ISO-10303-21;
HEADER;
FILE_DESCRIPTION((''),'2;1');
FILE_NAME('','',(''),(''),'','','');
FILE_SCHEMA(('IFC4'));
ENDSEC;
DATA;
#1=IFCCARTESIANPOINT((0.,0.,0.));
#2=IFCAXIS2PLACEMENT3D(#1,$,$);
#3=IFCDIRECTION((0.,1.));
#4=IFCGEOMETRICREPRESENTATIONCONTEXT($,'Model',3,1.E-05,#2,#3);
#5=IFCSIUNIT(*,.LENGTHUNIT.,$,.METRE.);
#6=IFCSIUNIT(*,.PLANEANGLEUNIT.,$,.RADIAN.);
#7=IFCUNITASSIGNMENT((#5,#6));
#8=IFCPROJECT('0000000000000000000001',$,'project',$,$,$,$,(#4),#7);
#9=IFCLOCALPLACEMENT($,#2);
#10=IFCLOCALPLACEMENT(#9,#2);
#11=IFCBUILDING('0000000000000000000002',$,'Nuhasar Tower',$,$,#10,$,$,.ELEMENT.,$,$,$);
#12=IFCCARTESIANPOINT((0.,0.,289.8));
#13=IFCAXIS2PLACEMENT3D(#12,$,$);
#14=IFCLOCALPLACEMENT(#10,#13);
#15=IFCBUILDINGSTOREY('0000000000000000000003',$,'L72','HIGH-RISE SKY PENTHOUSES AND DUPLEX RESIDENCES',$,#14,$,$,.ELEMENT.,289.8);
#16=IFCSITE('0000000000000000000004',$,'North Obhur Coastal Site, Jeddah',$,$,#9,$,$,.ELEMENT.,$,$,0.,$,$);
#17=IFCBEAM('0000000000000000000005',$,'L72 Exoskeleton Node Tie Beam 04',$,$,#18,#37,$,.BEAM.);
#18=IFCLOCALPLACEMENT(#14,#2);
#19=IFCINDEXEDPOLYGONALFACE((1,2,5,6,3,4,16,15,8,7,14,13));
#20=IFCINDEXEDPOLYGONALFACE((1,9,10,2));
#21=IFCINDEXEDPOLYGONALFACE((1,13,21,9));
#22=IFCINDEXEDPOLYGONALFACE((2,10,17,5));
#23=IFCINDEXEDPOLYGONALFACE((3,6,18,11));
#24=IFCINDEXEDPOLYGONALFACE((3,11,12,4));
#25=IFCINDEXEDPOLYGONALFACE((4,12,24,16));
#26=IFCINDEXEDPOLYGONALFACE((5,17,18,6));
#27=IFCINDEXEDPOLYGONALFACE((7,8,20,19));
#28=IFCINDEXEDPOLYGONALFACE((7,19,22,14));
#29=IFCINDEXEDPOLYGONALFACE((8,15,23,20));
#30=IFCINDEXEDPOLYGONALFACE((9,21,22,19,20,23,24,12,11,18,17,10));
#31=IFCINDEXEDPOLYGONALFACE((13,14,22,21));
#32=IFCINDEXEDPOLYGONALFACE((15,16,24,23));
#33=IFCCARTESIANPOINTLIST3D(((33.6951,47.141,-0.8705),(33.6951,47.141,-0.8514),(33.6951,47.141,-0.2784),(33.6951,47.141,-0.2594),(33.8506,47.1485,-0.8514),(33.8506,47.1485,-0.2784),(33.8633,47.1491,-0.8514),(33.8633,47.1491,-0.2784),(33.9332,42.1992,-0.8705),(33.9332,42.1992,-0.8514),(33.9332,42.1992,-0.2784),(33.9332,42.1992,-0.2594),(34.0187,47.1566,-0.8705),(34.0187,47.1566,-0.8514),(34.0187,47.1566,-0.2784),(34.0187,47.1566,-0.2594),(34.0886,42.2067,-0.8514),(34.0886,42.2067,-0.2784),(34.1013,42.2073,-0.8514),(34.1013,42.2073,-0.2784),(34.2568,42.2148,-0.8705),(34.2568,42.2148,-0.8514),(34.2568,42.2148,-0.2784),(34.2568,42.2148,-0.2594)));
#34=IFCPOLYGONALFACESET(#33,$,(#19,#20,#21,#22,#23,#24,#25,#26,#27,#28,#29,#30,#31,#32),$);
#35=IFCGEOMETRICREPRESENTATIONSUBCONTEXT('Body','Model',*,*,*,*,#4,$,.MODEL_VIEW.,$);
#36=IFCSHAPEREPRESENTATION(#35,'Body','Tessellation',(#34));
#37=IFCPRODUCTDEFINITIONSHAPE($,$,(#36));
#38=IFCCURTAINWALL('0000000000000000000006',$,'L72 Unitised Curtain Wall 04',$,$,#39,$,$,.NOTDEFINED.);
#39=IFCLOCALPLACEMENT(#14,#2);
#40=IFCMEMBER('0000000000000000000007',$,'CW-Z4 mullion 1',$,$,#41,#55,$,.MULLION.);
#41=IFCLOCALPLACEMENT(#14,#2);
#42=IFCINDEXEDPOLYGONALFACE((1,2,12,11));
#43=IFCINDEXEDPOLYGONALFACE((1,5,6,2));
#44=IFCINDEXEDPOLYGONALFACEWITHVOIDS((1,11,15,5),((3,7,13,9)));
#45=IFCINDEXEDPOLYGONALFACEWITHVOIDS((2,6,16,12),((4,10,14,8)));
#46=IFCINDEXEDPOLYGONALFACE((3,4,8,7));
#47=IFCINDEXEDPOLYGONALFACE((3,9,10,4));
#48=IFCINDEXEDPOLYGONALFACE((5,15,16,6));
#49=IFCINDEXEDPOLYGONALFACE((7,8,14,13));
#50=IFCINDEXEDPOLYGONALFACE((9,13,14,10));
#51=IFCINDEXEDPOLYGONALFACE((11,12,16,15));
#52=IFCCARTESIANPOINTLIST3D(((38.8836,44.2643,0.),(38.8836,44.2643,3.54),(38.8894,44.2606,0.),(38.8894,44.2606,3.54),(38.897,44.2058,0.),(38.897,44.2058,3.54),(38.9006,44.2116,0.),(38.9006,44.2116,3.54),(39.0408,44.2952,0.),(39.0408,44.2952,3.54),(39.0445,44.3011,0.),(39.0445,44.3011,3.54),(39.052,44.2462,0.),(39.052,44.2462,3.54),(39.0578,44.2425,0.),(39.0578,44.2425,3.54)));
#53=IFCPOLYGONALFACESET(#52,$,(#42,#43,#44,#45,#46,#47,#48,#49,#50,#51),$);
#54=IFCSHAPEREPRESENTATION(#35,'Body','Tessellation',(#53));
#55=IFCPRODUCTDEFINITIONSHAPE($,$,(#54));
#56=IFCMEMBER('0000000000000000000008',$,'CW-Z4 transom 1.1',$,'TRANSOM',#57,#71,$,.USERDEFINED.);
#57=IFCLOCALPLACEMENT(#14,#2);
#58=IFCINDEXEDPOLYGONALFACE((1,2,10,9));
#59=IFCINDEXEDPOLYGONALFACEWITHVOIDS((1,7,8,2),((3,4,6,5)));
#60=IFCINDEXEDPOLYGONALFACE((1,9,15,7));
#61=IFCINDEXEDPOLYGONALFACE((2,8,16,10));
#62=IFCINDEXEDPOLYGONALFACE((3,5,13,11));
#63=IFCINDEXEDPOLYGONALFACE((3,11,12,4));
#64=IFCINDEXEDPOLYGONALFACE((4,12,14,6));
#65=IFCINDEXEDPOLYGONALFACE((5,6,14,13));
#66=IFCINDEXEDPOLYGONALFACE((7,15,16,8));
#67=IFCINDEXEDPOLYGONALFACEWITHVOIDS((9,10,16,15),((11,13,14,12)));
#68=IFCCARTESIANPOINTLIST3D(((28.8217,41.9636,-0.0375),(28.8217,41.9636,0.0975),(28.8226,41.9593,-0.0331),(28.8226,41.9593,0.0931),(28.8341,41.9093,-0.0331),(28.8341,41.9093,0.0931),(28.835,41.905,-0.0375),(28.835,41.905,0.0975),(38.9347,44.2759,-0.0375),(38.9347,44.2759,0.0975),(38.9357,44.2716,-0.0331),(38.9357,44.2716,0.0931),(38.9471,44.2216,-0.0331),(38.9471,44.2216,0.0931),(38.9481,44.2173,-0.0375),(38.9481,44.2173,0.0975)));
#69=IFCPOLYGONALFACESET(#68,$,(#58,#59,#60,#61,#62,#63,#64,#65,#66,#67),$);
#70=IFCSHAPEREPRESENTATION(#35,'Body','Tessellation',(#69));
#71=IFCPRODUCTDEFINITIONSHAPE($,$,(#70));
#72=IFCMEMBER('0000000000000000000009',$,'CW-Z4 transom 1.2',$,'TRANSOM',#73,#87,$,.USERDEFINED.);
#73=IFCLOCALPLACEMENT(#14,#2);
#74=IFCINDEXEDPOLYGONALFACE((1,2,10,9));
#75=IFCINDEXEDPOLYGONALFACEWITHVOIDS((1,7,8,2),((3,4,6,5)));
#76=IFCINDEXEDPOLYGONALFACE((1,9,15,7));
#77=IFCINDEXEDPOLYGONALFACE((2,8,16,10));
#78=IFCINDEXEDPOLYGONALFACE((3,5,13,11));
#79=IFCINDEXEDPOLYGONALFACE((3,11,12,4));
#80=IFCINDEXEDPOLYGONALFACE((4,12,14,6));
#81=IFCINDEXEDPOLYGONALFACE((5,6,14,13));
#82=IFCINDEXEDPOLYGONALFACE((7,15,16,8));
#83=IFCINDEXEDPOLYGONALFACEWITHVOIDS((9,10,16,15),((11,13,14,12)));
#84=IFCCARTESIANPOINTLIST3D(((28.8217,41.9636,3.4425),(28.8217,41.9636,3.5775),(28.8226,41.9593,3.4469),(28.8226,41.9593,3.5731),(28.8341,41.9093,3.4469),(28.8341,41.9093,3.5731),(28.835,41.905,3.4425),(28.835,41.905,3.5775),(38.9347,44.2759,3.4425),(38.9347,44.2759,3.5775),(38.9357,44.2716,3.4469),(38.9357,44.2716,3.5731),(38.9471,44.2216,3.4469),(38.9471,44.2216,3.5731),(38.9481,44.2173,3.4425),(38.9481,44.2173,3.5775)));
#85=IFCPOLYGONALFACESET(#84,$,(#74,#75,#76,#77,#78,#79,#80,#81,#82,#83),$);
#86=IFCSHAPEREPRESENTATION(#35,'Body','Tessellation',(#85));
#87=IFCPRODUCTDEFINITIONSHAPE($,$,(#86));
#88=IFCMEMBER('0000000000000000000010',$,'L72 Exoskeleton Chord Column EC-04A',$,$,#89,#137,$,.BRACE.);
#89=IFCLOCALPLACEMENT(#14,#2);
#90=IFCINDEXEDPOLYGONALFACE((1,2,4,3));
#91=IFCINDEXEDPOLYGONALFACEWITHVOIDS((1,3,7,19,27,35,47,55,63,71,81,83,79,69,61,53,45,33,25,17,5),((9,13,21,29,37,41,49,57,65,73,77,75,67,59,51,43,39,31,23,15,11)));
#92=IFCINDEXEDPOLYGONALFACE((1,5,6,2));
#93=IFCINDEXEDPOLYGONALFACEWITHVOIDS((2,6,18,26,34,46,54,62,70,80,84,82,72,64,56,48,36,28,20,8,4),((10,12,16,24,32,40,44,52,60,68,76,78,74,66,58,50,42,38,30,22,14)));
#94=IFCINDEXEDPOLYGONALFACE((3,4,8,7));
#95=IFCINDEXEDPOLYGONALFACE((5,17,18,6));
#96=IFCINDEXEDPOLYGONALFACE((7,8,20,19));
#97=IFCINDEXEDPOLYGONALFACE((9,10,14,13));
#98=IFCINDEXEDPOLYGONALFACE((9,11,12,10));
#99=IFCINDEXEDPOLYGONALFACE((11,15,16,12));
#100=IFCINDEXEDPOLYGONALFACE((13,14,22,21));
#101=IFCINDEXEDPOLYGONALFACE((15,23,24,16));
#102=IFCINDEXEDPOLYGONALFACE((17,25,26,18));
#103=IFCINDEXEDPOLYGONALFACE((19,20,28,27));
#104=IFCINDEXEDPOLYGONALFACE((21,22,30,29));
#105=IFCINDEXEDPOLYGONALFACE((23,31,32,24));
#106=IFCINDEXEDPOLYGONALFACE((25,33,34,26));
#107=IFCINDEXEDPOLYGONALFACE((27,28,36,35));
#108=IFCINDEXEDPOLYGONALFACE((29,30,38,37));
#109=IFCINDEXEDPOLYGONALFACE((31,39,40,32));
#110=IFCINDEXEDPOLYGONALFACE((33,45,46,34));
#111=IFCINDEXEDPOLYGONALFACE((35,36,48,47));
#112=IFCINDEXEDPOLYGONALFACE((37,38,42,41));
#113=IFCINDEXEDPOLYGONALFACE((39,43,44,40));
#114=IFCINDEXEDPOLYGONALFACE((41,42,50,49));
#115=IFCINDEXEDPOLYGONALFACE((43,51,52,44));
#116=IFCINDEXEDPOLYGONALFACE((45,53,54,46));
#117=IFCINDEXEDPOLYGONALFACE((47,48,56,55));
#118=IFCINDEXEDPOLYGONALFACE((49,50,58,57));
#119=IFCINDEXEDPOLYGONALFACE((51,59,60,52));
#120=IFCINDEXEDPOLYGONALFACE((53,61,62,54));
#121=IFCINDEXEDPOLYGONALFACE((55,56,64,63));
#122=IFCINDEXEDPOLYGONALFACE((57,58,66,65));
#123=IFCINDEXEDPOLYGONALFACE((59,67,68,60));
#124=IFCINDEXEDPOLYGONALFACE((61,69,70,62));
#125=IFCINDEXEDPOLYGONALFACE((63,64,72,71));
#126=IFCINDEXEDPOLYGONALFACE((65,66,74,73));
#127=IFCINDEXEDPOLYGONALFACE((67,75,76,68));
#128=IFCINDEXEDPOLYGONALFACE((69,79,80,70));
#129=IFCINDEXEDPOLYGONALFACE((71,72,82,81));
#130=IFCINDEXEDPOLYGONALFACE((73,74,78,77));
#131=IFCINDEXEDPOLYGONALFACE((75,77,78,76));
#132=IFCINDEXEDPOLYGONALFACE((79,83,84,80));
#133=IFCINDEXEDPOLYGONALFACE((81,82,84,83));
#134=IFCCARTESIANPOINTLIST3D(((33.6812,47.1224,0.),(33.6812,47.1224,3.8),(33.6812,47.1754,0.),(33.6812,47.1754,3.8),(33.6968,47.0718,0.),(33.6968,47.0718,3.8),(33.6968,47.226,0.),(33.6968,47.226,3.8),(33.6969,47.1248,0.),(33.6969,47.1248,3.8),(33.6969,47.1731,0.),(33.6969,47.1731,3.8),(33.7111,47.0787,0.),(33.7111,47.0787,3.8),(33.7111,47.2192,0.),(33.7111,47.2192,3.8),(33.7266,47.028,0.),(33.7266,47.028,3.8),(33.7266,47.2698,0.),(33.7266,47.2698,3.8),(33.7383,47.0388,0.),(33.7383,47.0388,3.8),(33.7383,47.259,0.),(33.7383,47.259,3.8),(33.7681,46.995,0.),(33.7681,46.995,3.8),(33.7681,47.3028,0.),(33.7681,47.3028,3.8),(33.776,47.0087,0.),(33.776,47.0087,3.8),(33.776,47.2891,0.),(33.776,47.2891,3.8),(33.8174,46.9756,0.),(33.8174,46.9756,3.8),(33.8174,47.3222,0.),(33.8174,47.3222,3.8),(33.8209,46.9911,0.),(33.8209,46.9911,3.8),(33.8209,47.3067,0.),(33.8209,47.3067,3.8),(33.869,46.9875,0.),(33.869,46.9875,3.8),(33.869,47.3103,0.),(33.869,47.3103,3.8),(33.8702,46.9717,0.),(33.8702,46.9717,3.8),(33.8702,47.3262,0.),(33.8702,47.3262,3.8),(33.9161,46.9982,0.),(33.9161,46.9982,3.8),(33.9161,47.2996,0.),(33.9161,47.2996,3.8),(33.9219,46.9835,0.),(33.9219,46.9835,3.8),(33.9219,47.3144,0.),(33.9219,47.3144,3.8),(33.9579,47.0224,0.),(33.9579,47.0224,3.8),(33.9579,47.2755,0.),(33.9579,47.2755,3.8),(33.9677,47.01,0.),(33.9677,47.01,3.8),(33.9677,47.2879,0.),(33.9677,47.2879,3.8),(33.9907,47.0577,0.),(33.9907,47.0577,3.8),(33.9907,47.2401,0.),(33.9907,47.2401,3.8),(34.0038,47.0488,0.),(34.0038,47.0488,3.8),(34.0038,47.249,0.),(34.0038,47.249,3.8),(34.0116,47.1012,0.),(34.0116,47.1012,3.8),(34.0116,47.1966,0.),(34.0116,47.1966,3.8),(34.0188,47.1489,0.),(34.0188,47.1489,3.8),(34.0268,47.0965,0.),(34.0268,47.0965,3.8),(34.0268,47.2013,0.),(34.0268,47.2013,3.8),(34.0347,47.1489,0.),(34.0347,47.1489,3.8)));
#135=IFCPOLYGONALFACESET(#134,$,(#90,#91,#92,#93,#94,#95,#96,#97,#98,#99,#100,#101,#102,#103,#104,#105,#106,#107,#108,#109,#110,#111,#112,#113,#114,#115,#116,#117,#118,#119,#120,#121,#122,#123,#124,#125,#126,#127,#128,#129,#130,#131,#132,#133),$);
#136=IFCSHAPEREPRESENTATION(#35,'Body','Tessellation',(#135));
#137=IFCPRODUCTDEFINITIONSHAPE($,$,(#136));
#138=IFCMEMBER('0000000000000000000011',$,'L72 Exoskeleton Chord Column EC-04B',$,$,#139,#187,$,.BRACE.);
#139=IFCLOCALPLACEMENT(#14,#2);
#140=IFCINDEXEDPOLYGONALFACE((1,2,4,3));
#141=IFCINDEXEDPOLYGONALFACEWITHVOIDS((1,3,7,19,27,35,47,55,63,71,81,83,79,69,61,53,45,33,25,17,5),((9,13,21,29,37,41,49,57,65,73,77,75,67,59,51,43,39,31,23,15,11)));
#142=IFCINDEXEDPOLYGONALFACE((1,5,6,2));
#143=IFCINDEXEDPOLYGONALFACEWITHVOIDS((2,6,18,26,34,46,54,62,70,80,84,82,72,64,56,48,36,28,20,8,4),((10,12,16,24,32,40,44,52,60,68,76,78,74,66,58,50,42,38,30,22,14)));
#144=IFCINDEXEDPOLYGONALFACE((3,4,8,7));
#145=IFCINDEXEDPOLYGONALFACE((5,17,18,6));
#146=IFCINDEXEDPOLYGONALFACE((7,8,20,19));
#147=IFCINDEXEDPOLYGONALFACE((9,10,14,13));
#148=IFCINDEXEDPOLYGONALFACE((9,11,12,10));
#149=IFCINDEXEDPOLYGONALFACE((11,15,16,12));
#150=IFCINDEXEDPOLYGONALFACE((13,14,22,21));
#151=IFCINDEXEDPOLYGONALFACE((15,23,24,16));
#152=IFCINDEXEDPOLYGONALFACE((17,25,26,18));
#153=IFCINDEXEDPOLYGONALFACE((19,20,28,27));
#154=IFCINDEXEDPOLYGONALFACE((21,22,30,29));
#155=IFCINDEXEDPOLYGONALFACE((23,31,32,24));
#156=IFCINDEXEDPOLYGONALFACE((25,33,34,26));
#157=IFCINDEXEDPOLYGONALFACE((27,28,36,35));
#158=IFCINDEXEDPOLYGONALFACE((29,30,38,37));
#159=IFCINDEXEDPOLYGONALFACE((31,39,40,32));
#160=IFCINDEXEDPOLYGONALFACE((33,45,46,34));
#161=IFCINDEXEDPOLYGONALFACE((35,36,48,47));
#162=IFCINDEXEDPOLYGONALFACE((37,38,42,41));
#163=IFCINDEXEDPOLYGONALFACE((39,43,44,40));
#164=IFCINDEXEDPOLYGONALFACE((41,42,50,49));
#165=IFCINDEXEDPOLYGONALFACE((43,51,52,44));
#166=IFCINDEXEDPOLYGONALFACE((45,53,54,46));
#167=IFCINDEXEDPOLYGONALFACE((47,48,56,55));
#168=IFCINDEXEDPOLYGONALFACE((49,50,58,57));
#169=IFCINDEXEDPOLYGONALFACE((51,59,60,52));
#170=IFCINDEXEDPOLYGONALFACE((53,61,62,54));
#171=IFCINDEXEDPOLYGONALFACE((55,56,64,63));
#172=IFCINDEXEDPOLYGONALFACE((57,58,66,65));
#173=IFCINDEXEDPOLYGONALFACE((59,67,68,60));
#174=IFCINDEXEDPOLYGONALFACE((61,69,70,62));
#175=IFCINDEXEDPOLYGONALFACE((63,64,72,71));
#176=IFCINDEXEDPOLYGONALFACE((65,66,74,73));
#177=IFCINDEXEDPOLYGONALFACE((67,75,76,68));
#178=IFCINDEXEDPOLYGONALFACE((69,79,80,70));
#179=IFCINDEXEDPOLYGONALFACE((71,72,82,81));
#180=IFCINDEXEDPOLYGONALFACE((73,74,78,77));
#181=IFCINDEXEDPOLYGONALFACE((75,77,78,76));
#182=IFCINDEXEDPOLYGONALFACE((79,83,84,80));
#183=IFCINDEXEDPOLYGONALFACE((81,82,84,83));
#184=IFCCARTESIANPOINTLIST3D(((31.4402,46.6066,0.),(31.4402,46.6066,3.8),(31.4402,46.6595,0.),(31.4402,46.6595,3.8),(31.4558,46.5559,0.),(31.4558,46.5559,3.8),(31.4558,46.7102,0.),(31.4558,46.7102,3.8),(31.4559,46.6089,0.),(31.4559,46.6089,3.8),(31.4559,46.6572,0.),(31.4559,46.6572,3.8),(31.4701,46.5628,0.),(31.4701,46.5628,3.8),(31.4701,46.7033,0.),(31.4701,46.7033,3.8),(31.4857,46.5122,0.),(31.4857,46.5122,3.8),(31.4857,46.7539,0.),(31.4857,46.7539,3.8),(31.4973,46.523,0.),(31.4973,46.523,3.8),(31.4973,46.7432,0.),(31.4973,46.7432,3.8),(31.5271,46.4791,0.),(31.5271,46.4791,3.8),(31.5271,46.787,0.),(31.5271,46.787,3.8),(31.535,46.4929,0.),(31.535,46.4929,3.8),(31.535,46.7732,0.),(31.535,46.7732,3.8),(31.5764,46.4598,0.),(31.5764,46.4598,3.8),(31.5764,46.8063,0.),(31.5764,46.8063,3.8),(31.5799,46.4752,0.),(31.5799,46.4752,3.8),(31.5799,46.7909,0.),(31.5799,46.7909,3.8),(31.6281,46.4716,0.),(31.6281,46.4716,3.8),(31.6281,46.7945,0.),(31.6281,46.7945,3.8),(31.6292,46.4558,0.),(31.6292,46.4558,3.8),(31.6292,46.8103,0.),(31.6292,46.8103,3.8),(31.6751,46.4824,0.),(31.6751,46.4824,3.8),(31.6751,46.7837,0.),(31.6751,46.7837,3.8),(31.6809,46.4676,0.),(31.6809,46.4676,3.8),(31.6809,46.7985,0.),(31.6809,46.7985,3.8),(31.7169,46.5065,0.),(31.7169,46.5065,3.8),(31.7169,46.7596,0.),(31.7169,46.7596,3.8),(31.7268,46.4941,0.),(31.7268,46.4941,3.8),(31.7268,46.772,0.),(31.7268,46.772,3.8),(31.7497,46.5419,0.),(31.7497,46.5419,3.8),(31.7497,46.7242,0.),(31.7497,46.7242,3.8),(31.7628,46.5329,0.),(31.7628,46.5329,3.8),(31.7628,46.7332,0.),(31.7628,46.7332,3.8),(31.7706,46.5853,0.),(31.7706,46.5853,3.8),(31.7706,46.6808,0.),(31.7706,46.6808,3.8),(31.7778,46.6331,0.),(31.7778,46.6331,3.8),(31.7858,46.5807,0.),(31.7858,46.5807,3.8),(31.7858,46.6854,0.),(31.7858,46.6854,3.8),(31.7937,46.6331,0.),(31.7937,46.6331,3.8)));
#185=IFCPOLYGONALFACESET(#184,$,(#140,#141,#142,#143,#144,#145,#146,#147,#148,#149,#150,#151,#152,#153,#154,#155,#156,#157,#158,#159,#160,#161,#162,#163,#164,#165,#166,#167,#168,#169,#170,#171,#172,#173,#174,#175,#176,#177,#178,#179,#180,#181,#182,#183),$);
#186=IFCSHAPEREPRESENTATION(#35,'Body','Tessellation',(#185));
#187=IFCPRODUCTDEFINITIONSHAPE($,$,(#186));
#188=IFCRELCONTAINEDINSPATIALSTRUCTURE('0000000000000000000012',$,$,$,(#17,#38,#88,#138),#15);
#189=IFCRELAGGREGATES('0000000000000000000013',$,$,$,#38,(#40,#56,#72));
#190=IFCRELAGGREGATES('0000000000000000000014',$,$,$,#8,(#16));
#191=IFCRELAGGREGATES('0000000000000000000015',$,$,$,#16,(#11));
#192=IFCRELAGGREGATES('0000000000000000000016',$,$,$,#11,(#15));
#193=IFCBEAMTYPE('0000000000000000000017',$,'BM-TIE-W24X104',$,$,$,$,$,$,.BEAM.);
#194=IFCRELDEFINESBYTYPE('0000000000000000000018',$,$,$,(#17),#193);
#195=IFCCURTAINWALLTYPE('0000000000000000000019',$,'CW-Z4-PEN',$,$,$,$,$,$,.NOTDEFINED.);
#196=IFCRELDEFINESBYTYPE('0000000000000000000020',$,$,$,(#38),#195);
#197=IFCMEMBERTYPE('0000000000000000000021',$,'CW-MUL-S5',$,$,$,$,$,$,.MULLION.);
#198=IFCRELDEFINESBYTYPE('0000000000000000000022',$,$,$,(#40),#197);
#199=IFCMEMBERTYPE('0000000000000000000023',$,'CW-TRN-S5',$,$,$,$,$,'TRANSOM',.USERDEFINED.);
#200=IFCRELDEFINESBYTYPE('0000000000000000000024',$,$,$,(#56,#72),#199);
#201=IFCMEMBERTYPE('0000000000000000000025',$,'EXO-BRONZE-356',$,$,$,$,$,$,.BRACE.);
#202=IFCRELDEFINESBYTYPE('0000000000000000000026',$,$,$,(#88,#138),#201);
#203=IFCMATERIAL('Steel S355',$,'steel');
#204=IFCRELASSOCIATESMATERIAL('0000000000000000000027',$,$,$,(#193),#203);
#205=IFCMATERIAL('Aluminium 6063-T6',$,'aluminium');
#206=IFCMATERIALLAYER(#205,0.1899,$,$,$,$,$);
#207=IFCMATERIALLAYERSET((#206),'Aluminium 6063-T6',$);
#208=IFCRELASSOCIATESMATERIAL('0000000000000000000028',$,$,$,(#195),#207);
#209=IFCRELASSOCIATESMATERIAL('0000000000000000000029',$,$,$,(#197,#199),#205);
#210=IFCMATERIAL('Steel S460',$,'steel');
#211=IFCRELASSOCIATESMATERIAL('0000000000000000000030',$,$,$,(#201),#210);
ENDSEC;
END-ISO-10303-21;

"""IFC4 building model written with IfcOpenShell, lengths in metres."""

from ifc_helpers import new_model, si_unit, direction, frame, origin, origin_2d, place, context, subcontext, project, spatial, hollow_rectangle, hollow_circle, i_section, extrude, material, layer, layer_set, material_profile, profile_set, type_object, element, aggregate, save


model = new_model("IFC4")

# Units and contexts
model_context = context("Model", 3, precision=1e-05, world=origin(), true_north=direction((0.0, 1.0)))
body_context = subcontext(model_context, "Body", "Model", "MODEL_VIEW")
ifc_project = project(units=[si_unit("LENGTHUNIT", "METRE"), si_unit("PLANEANGLEUNIT", "RADIAN")], contexts=[model_context])

# Site, building, storey
site_placement = place(None, origin())
site = spatial("IfcSite", under=ifc_project, at=site_placement, Name="North Obhur Coastal Site, Jeddah", CompositionType="ELEMENT", RefElevation=0.0)
building_placement = place(site_placement, origin())
building = spatial("IfcBuilding", under=site, at=building_placement, Name="Nuhasar Tower", CompositionType="ELEMENT")
storey_placement = place(building_placement, frame((0.0, 0.0, 289.8)))
storey = spatial("IfcBuildingStorey", under=building, at=storey_placement, Name="L72", Description="HIGH-RISE SKY PENTHOUSES AND DUPLEX RESIDENCES", CompositionType="ELEMENT", Elevation=289.8)

# Beam
ifc_material_1 = material(Name="Steel S355", Category="steel")
ifc_material_profile_1 = material_profile(ifc_material_1, i_section(OverallWidth=0.324, OverallDepth=0.6111, WebThickness=0.0127, FlangeThickness=0.019, at=origin_2d()), Name="W24X104")
ifc_profile_set_1 = profile_set([ifc_material_profile_1], Name="Steel S355")
beam_type_1 = type_object("IfcBeamType", Name="BM-TIE-W24X104", PredefinedType="BEAM", material=ifc_profile_set_1)
beam_1_placement = place(storey_placement, frame((34.095, 42.207, -0.5649), z_axis=(-0.048111, 0.998842, 0.0), x_axis=(-0.998842, -0.048111, 0.0)))
element("IfcBeam", 1, at=beam_1_placement, inside=storey, type_object=beam_type_1, Name="L72 Exoskeleton Node Tie Beam 04", PredefinedType="BEAM", context=body_context, shape_type="SweptSolid", body=[
    extrude(i_section(OverallWidth=0.324, OverallDepth=0.6111, WebThickness=0.0127, FlangeThickness=0.019, at=origin_2d()), origin(), (0.0, 0.0, 1.0), 4.9475),
])

# Curtain wall, members
ifc_material_2 = material(Name="Aluminium 6063-T6", Category="aluminium")
ifc_layer_1 = layer(ifc_material_2, 0.1899)
ifc_layer_set_1 = layer_set([ifc_layer_1], Name="Aluminium 6063-T6")
curtain_wall_type = type_object("IfcCurtainWallType", Name="CW-Z4-PEN", PredefinedType="NOTDEFINED", material=ifc_layer_set_1)
curtain_wall_placement = place(storey_placement, origin())
curtain_wall = element("IfcCurtainWall", 2, at=curtain_wall_placement, inside=storey, type_object=curtain_wall_type, Name="L72 Unitised Curtain Wall 04", PredefinedType="NOTDEFINED")
ifc_material_profile_2 = material_profile(ifc_material_2, hollow_rectangle(XDim=0.0601, YDim=0.165, WallThickness=0.0049, at=origin_2d()), Name="CWM-5")
ifc_profile_set_2 = profile_set([ifc_material_profile_2], Name="Aluminium 6063-T6")
member_type_1 = type_object("IfcMemberType", Name="CW-MUL-S5", PredefinedType="MULLION", material=ifc_profile_set_2)
member_1_placement = place(storey_placement, frame((38.9707, 44.2534, 0.0), z_axis=(0.0, 0.0, 1.0), x_axis=(0.222889, -0.974844, 0.0)))
member_1 = element("IfcMember", 3, at=member_1_placement, type_object=member_type_1, Name="CW-Z4 mullion 1", PredefinedType="MULLION", context=body_context, shape_type="SweptSolid", body=[
    extrude(hollow_rectangle(XDim=0.0601, YDim=0.165, WallThickness=0.0049, at=origin_2d()), origin(), (0.0, 0.0, 1.0), 3.54),
])
ifc_material_profile_3 = material_profile(ifc_material_2, hollow_rectangle(XDim=0.0601, YDim=0.135, WallThickness=0.0044, at=origin_2d()), Name="CWT-5")
ifc_profile_set_3 = profile_set([ifc_material_profile_3], Name="Aluminium 6063-T6")
member_type_2 = type_object("IfcMemberType", Name="CW-TRN-S5", ElementType="TRANSOM", PredefinedType="USERDEFINED", material=ifc_profile_set_3)
member_2_placement = place(storey_placement, frame((38.9414, 44.2466, 0.03), z_axis=(-0.974844, -0.222889, 0.0), x_axis=(0.222889, -0.974844, 0.0)))
member_2 = element("IfcMember", 4, at=member_2_placement, type_object=member_type_2, Name="CW-Z4 transom 1.1", ObjectType="TRANSOM", PredefinedType="USERDEFINED", context=body_context, shape_type="SweptSolid", body=[
    extrude(hollow_rectangle(XDim=0.0601, YDim=0.135, WallThickness=0.0044, at=origin_2d()), origin(), (0.0, 0.0, 1.0), 10.374),
])
member_3_placement = place(storey_placement, frame((38.9414, 44.2466, 3.51), z_axis=(-0.974844, -0.222889, 0.0), x_axis=(0.222889, -0.974844, 0.0)))
member_3 = element("IfcMember", 5, at=member_3_placement, type_object=member_type_2, Name="CW-Z4 transom 1.2", ObjectType="TRANSOM", PredefinedType="USERDEFINED", context=body_context, shape_type="SweptSolid", body=[
    extrude(hollow_rectangle(XDim=0.0601, YDim=0.135, WallThickness=0.0044, at=origin_2d()), origin(), (0.0, 0.0, 1.0), 10.374),
])

# Members
ifc_material_3 = material(Name="Steel S460", Category="steel")
ifc_material_profile_4 = material_profile(ifc_material_3, hollow_circle(Radius=0.1777, WallThickness=0.0159, at=origin_2d()), Name="HSS355.6X15.9")
ifc_profile_set_4 = profile_set([ifc_material_profile_4], Name="Steel S460")
member_type_3 = type_object("IfcMemberType", Name="EXO-BRONZE-356", PredefinedType="BRACE", material=ifc_profile_set_4)
for number, where, z_axis, x_axis, name in (
    (6, (33.8569, 47.1489, 0.0), (0.0, 0.0, 1.0), (1.0, 0.0, 0.0), "L72 Exoskeleton Chord Column EC-04A"),
    (7, (31.616, 46.6331, 0.0), (0.0, 0.0, 1.0), (1.0, 0.0, 0.0), "L72 Exoskeleton Chord Column EC-04B"),
):
    element("IfcMember", number, at=place(storey_placement, frame(where, z_axis=z_axis, x_axis=x_axis)), inside=storey, type_object=member_type_3, Name=name, PredefinedType="BRACE", context=body_context, shape_type="SweptSolid", body=[
        extrude(hollow_circle(Radius=0.1777, WallThickness=0.0159, at=origin_2d()), origin(), (0.0, 0.0, 1.0), 3.8),
    ])

aggregate(curtain_wall, [member_1, member_2, member_3])

save(model, "model.ifc")
